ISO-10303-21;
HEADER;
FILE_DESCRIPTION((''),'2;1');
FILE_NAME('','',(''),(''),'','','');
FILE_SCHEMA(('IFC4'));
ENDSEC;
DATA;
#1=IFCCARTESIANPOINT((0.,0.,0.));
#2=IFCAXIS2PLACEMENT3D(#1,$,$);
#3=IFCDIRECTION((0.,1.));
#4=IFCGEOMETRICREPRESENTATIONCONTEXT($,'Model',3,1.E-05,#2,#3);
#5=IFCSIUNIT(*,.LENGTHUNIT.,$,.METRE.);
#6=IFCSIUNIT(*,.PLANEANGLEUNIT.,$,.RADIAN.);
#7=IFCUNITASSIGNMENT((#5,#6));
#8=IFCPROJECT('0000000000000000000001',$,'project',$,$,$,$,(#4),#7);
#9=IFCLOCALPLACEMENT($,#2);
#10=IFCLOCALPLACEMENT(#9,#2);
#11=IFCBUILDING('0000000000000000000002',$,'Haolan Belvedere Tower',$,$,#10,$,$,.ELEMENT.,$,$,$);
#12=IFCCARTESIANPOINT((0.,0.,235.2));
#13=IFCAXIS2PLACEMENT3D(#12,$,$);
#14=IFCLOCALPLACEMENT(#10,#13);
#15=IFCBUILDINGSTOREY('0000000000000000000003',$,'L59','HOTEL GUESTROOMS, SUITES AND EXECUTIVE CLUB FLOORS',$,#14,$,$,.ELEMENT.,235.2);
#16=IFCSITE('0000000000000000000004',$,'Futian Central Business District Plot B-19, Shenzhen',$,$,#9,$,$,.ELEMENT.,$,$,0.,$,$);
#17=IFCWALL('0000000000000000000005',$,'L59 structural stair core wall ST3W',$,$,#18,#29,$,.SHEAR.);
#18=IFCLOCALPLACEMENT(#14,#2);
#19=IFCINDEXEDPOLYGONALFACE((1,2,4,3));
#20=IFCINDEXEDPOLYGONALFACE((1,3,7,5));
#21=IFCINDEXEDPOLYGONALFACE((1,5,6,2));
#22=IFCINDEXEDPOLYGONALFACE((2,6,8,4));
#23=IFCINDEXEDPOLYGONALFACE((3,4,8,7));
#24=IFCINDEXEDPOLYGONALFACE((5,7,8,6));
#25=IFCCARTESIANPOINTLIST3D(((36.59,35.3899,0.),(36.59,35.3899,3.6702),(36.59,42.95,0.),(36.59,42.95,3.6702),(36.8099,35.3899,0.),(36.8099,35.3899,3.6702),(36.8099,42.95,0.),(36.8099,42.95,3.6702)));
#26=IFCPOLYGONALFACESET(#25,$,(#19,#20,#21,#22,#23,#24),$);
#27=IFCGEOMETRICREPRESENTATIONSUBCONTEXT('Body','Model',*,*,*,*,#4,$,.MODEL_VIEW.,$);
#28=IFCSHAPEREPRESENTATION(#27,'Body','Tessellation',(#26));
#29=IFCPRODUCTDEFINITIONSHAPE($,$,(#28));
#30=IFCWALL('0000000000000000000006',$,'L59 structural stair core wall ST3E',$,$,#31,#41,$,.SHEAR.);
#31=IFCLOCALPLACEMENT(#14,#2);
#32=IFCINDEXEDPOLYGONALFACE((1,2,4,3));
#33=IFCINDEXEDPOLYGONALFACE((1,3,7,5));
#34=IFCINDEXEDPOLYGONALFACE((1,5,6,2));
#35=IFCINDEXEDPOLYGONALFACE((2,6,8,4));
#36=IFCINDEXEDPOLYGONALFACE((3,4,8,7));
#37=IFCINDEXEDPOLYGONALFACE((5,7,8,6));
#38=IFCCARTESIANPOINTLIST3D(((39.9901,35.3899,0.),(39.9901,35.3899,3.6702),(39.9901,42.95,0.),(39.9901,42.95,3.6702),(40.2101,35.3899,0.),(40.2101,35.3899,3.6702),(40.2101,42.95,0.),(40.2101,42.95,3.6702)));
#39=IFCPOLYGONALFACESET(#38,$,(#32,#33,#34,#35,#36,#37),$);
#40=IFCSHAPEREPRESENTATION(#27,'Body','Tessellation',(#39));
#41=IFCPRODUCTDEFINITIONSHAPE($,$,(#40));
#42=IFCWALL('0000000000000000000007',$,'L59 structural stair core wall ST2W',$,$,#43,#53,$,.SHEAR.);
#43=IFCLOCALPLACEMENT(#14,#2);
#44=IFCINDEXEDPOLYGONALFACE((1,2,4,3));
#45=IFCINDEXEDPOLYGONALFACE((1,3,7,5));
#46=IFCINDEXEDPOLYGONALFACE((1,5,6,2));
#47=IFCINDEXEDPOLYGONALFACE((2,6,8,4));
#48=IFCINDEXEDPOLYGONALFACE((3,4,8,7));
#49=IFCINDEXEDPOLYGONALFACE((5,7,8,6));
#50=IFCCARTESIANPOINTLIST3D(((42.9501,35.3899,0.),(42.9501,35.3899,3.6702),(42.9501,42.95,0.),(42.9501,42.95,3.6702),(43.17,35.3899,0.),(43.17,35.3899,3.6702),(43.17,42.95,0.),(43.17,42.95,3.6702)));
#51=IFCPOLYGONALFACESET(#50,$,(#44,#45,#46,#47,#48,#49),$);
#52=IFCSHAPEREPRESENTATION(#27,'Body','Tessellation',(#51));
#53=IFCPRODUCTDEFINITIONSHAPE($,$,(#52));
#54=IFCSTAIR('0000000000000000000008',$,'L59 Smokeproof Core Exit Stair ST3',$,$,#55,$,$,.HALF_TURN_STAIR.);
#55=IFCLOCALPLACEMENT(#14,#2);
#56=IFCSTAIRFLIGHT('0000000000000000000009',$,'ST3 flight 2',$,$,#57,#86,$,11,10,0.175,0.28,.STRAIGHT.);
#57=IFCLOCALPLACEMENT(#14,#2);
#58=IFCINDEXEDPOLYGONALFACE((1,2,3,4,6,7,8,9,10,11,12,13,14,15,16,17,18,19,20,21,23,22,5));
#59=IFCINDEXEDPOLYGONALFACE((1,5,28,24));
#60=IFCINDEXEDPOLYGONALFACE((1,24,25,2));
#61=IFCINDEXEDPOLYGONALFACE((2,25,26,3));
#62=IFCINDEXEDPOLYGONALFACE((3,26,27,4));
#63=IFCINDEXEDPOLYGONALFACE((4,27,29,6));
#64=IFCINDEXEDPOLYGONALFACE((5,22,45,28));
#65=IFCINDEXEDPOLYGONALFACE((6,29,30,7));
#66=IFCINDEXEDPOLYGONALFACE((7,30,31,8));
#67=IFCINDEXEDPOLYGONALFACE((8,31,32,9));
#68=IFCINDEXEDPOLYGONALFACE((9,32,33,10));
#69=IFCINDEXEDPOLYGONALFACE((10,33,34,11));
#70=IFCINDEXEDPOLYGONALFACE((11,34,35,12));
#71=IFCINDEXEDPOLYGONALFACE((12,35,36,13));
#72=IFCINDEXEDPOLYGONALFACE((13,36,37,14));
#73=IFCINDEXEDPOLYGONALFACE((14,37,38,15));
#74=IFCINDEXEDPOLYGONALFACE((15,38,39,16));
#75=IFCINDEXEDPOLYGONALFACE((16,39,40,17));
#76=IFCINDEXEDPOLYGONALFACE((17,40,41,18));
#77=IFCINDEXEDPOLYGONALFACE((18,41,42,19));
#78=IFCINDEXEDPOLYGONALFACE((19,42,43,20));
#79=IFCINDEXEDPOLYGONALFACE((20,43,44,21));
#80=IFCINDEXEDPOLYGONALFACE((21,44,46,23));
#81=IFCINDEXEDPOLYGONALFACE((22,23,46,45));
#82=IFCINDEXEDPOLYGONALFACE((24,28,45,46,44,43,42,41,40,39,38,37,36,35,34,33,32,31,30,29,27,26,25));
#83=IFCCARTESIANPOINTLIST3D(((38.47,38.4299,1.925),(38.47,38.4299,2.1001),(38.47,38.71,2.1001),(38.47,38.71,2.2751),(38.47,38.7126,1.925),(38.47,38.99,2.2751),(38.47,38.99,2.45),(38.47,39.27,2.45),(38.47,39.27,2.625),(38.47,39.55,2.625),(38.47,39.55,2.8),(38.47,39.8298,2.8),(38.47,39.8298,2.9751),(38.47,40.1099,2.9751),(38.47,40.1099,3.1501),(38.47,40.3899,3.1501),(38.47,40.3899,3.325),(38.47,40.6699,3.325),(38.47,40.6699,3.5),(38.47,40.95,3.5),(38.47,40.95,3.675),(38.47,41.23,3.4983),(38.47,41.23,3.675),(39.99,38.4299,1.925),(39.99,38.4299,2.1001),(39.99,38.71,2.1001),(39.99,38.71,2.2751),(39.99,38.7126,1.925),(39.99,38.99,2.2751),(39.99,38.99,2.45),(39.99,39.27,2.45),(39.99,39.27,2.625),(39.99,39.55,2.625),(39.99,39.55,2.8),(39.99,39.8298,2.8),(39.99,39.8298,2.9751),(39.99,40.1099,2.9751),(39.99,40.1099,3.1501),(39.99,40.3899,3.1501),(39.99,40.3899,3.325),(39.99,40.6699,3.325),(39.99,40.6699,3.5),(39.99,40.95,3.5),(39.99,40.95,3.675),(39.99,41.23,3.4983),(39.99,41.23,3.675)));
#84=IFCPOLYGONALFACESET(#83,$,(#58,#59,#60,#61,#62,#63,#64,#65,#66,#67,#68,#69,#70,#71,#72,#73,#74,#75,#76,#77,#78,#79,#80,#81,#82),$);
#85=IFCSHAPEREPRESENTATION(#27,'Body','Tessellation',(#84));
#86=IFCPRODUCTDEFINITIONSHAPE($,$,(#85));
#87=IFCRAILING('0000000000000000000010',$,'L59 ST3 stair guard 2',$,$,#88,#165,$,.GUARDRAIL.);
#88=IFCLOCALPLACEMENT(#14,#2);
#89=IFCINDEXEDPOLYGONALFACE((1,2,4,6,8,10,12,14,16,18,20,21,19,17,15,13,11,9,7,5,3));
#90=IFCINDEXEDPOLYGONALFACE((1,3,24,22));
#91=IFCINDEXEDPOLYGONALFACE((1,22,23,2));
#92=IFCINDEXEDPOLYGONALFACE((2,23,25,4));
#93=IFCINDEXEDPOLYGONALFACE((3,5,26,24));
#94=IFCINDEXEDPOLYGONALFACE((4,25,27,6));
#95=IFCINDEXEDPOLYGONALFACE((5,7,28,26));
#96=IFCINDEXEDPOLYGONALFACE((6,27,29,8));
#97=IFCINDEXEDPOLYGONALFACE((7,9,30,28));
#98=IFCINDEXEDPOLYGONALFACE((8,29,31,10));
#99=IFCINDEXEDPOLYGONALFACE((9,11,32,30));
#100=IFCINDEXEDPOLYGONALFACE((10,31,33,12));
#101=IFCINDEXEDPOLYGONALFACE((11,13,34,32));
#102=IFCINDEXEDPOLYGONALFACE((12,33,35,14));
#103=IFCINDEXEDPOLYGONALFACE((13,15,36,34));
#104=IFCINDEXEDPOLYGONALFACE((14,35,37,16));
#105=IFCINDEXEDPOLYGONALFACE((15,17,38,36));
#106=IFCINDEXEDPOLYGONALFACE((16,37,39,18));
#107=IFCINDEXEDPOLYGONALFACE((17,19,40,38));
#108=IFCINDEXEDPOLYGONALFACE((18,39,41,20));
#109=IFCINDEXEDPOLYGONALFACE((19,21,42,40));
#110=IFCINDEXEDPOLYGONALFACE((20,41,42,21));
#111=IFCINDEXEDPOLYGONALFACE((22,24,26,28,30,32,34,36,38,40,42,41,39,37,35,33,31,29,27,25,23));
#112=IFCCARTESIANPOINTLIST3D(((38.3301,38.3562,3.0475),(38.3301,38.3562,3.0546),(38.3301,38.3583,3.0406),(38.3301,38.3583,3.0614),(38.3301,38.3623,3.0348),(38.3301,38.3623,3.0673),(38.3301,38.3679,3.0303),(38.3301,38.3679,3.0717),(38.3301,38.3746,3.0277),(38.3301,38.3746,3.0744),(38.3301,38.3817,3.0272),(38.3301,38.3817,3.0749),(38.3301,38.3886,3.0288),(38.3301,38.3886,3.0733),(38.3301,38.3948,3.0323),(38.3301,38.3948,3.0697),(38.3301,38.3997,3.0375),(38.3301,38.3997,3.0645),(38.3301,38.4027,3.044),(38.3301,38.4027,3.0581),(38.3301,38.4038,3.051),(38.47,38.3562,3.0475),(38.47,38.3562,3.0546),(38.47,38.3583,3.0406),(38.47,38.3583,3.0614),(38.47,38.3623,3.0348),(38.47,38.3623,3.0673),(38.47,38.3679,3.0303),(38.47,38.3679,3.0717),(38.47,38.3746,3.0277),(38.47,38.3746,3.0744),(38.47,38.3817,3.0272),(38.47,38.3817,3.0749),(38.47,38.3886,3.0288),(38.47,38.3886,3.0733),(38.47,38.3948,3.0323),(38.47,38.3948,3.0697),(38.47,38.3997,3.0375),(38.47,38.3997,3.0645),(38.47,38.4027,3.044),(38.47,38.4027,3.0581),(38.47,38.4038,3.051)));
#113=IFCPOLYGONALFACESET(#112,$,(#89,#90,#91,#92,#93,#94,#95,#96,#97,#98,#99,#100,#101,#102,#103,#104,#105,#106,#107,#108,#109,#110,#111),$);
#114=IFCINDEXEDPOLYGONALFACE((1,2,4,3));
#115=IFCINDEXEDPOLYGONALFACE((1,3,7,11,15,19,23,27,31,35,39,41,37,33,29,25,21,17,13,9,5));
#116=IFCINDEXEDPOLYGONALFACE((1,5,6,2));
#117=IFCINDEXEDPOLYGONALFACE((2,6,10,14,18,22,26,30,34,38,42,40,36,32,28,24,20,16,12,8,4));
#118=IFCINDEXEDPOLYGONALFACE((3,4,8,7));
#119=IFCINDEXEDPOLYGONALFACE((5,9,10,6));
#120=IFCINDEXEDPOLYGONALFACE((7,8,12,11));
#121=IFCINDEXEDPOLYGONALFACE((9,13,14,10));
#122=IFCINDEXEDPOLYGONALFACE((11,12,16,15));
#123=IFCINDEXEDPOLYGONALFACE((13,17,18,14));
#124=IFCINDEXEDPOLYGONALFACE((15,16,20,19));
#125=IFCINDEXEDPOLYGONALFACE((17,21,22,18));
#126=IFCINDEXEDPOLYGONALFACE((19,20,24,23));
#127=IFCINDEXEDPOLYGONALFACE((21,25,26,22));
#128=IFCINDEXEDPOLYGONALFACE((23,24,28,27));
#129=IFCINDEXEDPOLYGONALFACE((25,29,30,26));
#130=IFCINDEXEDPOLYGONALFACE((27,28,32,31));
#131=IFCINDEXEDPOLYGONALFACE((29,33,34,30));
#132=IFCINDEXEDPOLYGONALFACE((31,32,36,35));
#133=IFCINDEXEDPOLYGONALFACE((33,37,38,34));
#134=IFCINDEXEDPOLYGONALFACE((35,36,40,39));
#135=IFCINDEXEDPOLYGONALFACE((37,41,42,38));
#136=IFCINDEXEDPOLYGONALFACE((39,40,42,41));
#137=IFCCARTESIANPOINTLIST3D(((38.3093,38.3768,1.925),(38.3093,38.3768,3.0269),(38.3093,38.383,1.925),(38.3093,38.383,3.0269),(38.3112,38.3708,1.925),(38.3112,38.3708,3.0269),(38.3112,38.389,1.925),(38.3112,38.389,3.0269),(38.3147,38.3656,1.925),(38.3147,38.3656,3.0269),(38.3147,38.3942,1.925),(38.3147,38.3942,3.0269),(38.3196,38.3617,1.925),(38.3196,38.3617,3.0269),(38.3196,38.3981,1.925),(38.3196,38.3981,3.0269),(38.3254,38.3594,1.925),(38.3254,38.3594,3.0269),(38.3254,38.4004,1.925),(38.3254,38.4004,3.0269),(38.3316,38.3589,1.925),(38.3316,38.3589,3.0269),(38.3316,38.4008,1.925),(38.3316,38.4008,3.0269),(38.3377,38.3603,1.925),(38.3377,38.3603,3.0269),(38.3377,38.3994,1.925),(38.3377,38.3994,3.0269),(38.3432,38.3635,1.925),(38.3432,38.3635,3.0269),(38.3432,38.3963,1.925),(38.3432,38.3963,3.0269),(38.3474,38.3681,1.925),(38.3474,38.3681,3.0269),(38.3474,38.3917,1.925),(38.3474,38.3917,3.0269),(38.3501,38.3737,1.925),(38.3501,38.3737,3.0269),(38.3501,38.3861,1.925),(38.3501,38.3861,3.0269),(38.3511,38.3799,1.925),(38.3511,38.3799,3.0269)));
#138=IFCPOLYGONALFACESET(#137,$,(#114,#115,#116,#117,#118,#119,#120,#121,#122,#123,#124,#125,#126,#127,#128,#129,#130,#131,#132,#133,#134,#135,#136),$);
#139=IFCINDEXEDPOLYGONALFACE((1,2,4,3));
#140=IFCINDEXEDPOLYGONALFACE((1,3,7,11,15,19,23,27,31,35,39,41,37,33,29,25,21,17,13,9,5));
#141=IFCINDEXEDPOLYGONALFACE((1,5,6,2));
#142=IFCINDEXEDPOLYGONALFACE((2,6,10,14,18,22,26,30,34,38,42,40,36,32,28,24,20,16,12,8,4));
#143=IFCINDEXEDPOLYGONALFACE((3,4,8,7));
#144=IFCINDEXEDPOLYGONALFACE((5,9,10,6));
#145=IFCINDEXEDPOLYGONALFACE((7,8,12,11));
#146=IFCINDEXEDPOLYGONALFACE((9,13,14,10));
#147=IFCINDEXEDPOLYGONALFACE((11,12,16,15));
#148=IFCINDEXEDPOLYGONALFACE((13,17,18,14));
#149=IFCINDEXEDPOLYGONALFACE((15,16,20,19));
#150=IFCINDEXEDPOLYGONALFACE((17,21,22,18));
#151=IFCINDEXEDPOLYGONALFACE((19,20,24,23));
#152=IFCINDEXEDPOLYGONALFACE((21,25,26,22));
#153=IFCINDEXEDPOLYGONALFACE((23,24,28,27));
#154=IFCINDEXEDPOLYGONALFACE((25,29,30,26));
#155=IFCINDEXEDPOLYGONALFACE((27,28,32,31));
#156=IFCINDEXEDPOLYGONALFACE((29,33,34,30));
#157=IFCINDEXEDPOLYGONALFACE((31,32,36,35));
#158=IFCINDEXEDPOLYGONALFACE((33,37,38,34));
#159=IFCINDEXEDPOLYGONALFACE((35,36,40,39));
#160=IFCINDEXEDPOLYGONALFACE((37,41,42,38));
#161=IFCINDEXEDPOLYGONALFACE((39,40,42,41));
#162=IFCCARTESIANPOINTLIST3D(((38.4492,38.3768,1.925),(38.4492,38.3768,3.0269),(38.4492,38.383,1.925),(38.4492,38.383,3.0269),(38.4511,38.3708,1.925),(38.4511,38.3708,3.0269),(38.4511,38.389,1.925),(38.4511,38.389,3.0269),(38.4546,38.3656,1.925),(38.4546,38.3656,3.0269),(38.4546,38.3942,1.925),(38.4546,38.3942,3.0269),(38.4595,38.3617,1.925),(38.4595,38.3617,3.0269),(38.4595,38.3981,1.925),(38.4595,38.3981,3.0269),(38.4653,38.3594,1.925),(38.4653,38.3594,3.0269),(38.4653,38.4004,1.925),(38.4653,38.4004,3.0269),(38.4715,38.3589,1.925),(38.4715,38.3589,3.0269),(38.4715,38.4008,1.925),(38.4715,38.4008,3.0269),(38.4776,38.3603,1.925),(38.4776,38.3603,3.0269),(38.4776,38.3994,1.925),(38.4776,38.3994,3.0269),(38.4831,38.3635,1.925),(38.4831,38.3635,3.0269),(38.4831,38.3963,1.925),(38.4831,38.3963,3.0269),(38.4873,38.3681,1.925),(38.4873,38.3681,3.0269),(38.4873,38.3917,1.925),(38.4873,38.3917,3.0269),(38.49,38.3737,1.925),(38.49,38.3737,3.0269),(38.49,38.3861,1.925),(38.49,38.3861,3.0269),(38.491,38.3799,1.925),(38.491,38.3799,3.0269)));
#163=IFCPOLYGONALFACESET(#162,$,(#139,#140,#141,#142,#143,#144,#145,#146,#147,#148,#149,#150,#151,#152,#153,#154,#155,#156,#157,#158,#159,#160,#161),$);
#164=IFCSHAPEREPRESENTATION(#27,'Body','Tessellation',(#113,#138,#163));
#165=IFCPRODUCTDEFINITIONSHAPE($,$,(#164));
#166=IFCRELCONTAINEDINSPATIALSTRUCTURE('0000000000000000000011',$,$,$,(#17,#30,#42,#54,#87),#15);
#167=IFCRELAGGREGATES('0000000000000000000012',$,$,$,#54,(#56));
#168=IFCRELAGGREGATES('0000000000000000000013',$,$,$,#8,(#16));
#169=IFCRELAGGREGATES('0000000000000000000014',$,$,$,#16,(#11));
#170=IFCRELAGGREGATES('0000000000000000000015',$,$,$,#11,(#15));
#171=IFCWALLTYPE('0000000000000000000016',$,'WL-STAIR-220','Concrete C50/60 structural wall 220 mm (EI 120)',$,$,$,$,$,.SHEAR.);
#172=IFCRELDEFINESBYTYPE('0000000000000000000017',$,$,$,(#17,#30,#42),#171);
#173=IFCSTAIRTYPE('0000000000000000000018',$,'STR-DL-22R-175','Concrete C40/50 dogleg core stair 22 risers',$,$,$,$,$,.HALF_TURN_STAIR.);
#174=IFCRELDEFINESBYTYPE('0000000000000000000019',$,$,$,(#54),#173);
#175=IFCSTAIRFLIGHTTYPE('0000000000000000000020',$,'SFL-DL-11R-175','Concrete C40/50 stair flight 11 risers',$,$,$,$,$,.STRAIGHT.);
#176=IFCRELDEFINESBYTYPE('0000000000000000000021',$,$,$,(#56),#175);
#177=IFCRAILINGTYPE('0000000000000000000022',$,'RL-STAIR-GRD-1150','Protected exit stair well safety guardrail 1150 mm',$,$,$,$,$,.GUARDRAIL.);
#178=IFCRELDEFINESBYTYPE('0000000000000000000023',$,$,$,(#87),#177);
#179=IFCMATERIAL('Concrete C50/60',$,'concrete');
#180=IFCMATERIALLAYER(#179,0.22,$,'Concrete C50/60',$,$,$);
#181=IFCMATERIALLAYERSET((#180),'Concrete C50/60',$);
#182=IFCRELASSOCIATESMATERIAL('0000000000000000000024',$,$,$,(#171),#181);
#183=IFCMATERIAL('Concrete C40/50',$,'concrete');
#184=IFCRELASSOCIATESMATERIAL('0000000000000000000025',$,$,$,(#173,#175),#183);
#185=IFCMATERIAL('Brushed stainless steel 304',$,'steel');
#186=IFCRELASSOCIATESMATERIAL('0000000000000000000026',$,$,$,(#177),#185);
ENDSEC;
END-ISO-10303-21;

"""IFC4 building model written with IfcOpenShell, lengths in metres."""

from ifc_helpers import new_model, si_unit, direction, frame, frame_2d, origin, origin_2d, place, context, subcontext, project, spatial, polyline, rectangle, circle, outline, extrude, material, layer, layer_set, type_object, element, aggregate, save


model = new_model("IFC4")

# Units and contexts
model_context = context("Model", 3, precision=1e-05, world=origin(), true_north=direction((0.0, 1.0)))
body_context = subcontext(model_context, "Body", "Model", "MODEL_VIEW")
ifc_project = project(units=[si_unit("LENGTHUNIT", "METRE"), si_unit("PLANEANGLEUNIT", "RADIAN")], contexts=[model_context])

# Site, building, storey
site_placement = place(None, origin())
site = spatial("IfcSite", under=ifc_project, at=site_placement, Name="Futian Central Business District Plot B-19, Shenzhen", CompositionType="ELEMENT", RefElevation=0.0)
building_placement = place(site_placement, origin())
building = spatial("IfcBuilding", under=site, at=building_placement, Name="Haolan Belvedere Tower", CompositionType="ELEMENT")
storey_placement = place(building_placement, frame((0.0, 0.0, 235.2)))
storey = spatial("IfcBuildingStorey", under=building, at=storey_placement, Name="L59", Description="HOTEL GUESTROOMS, SUITES AND EXECUTIVE CLUB FLOORS", CompositionType="ELEMENT", Elevation=235.2)

# Walls
ifc_material_1 = material(Name="Concrete C50/60", Category="concrete")
ifc_layer_1 = layer(ifc_material_1, 0.22, Name="Concrete C50/60")
ifc_layer_set_1 = layer_set([ifc_layer_1], Name="Concrete C50/60")
wall_type_1 = type_object("IfcWallType", Name="WL-STAIR-220", Description="Concrete C50/60 structural wall 220 mm (EI 120)", PredefinedType="SHEAR", material=ifc_layer_set_1)
for number, where, z_axis, x_axis, name in (
    (1, (36.7, 35.3899, 0.0), (0.0, 0.0, 1.0), (0.0, 1.0, 0.0), "L59 structural stair core wall ST3W"),
    (2, (40.1001, 35.3899, 0.0), (0.0, 0.0, 1.0), (0.0, 1.0, 0.0), "L59 structural stair core wall ST3E"),
    (3, (43.0601, 35.3899, 0.0), (0.0, 0.0, 1.0), (0.0, 1.0, 0.0), "L59 structural stair core wall ST2W"),
):
    element("IfcWall", number, at=place(storey_placement, frame(where, z_axis=z_axis, x_axis=x_axis)), inside=storey, type_object=wall_type_1, Name=name, PredefinedType="SHEAR", context=body_context, shape_type="SweptSolid", body=[
        extrude(rectangle(XDim=7.5601, YDim=0.22, at=frame_2d((3.78, 0.0))), origin(), (0.0, 0.0, 1.0), 3.6702),
    ])

# Stair, stair flight
ifc_material_2 = material(Name="Concrete C40/50", Category="concrete")
stair_type = type_object("IfcStairType", Name="STR-DL-22R-175", Description="Concrete C40/50 dogleg core stair 22 risers", PredefinedType="HALF_TURN_STAIR", material=ifc_material_2)
stair_placement = place(storey_placement, origin())
stair = element("IfcStair", 4, at=stair_placement, inside=storey, type_object=stair_type, Name="L59 Smokeproof Core Exit Stair ST3", PredefinedType="HALF_TURN_STAIR")
stair_flight_type = type_object("IfcStairFlightType", Name="SFL-DL-11R-175", Description="Concrete C40/50 stair flight 11 risers", PredefinedType="STRAIGHT", material=ifc_material_2)
stair_flight_placement = place(storey_placement, frame((39.23, 38.4299, 1.925), z_axis=(0.0, 0.0, 1.0), x_axis=(0.0, 1.0, 0.0)))
stair_flight = element("IfcStairFlight", 5, at=stair_flight_placement, type_object=stair_flight_type, Name="ST3 flight 2", NumberOfRisers=11, NumberOfTreads=10, PredefinedType="STRAIGHT", RiserHeight=0.175, TreadLength=0.28, context=body_context, shape_type="SweptSolid", body=[
    extrude(outline(polyline([(0.0, 0.0), (0.0, 0.175), (0.28, 0.175), (0.28, 0.3501), (0.5601, 0.3501), (0.5601, 0.5249), (0.8401, 0.5249), (0.8401, 0.7), (1.1201, 0.7), (1.1201, 0.875), (1.3999, 0.875), (1.3999, 1.05), (1.6799, 1.05), (1.6799, 1.2251), (1.96, 1.2251), (1.96, 1.3999), (2.24, 1.3999), (2.24, 1.575), (2.52, 1.575), (2.52, 1.75), (2.8, 1.75), (2.8, 1.925), (2.8, 1.5732), (0.2827, 0.0), (0.0, 0.0)])), frame((0.0, 0.76, 0.0), z_axis=(0.0, -1.0, 0.0), x_axis=(1.0, 0.0, 0.0)), (0.0, 0.0, 1.0), 1.52),
])
aggregate(stair, [stair_flight])

# Railing
ifc_material_3 = material(Name="Brushed stainless steel 304", Category="steel")
railing_type_1 = type_object("IfcRailingType", Name="RL-STAIR-GRD-1150", Description="Protected exit stair well safety guardrail 1150 mm", PredefinedType="GUARDRAIL", material=ifc_material_3)
railing_1_placement = place(storey_placement, frame((38.3301, 38.3799, 1.925)))
element("IfcRailing", 6, at=railing_1_placement, inside=storey, type_object=railing_type_1, Name="L59 ST3 stair guard 2", PredefinedType="GUARDRAIL", context=body_context, shape_type="SweptSolid", body=[
    extrude(circle(Radius=0.0239, at=origin_2d()), frame((0.0, 0.0, 1.126), z_axis=(1.0, 0.0, 0.0), x_axis=(0.0, 1.0, 0.0)), (0.0, 0.0, 1.0), 0.1399),
    extrude(circle(Radius=0.021, at=origin_2d()), origin(), (0.0, 0.0, 1.0), 1.1018),
    extrude(circle(Radius=0.021, at=origin_2d()), frame((0.1399, 0.0, 0.0)), (0.0, 0.0, 1.0), 1.1018),
])

save(model, "model.ifc")
